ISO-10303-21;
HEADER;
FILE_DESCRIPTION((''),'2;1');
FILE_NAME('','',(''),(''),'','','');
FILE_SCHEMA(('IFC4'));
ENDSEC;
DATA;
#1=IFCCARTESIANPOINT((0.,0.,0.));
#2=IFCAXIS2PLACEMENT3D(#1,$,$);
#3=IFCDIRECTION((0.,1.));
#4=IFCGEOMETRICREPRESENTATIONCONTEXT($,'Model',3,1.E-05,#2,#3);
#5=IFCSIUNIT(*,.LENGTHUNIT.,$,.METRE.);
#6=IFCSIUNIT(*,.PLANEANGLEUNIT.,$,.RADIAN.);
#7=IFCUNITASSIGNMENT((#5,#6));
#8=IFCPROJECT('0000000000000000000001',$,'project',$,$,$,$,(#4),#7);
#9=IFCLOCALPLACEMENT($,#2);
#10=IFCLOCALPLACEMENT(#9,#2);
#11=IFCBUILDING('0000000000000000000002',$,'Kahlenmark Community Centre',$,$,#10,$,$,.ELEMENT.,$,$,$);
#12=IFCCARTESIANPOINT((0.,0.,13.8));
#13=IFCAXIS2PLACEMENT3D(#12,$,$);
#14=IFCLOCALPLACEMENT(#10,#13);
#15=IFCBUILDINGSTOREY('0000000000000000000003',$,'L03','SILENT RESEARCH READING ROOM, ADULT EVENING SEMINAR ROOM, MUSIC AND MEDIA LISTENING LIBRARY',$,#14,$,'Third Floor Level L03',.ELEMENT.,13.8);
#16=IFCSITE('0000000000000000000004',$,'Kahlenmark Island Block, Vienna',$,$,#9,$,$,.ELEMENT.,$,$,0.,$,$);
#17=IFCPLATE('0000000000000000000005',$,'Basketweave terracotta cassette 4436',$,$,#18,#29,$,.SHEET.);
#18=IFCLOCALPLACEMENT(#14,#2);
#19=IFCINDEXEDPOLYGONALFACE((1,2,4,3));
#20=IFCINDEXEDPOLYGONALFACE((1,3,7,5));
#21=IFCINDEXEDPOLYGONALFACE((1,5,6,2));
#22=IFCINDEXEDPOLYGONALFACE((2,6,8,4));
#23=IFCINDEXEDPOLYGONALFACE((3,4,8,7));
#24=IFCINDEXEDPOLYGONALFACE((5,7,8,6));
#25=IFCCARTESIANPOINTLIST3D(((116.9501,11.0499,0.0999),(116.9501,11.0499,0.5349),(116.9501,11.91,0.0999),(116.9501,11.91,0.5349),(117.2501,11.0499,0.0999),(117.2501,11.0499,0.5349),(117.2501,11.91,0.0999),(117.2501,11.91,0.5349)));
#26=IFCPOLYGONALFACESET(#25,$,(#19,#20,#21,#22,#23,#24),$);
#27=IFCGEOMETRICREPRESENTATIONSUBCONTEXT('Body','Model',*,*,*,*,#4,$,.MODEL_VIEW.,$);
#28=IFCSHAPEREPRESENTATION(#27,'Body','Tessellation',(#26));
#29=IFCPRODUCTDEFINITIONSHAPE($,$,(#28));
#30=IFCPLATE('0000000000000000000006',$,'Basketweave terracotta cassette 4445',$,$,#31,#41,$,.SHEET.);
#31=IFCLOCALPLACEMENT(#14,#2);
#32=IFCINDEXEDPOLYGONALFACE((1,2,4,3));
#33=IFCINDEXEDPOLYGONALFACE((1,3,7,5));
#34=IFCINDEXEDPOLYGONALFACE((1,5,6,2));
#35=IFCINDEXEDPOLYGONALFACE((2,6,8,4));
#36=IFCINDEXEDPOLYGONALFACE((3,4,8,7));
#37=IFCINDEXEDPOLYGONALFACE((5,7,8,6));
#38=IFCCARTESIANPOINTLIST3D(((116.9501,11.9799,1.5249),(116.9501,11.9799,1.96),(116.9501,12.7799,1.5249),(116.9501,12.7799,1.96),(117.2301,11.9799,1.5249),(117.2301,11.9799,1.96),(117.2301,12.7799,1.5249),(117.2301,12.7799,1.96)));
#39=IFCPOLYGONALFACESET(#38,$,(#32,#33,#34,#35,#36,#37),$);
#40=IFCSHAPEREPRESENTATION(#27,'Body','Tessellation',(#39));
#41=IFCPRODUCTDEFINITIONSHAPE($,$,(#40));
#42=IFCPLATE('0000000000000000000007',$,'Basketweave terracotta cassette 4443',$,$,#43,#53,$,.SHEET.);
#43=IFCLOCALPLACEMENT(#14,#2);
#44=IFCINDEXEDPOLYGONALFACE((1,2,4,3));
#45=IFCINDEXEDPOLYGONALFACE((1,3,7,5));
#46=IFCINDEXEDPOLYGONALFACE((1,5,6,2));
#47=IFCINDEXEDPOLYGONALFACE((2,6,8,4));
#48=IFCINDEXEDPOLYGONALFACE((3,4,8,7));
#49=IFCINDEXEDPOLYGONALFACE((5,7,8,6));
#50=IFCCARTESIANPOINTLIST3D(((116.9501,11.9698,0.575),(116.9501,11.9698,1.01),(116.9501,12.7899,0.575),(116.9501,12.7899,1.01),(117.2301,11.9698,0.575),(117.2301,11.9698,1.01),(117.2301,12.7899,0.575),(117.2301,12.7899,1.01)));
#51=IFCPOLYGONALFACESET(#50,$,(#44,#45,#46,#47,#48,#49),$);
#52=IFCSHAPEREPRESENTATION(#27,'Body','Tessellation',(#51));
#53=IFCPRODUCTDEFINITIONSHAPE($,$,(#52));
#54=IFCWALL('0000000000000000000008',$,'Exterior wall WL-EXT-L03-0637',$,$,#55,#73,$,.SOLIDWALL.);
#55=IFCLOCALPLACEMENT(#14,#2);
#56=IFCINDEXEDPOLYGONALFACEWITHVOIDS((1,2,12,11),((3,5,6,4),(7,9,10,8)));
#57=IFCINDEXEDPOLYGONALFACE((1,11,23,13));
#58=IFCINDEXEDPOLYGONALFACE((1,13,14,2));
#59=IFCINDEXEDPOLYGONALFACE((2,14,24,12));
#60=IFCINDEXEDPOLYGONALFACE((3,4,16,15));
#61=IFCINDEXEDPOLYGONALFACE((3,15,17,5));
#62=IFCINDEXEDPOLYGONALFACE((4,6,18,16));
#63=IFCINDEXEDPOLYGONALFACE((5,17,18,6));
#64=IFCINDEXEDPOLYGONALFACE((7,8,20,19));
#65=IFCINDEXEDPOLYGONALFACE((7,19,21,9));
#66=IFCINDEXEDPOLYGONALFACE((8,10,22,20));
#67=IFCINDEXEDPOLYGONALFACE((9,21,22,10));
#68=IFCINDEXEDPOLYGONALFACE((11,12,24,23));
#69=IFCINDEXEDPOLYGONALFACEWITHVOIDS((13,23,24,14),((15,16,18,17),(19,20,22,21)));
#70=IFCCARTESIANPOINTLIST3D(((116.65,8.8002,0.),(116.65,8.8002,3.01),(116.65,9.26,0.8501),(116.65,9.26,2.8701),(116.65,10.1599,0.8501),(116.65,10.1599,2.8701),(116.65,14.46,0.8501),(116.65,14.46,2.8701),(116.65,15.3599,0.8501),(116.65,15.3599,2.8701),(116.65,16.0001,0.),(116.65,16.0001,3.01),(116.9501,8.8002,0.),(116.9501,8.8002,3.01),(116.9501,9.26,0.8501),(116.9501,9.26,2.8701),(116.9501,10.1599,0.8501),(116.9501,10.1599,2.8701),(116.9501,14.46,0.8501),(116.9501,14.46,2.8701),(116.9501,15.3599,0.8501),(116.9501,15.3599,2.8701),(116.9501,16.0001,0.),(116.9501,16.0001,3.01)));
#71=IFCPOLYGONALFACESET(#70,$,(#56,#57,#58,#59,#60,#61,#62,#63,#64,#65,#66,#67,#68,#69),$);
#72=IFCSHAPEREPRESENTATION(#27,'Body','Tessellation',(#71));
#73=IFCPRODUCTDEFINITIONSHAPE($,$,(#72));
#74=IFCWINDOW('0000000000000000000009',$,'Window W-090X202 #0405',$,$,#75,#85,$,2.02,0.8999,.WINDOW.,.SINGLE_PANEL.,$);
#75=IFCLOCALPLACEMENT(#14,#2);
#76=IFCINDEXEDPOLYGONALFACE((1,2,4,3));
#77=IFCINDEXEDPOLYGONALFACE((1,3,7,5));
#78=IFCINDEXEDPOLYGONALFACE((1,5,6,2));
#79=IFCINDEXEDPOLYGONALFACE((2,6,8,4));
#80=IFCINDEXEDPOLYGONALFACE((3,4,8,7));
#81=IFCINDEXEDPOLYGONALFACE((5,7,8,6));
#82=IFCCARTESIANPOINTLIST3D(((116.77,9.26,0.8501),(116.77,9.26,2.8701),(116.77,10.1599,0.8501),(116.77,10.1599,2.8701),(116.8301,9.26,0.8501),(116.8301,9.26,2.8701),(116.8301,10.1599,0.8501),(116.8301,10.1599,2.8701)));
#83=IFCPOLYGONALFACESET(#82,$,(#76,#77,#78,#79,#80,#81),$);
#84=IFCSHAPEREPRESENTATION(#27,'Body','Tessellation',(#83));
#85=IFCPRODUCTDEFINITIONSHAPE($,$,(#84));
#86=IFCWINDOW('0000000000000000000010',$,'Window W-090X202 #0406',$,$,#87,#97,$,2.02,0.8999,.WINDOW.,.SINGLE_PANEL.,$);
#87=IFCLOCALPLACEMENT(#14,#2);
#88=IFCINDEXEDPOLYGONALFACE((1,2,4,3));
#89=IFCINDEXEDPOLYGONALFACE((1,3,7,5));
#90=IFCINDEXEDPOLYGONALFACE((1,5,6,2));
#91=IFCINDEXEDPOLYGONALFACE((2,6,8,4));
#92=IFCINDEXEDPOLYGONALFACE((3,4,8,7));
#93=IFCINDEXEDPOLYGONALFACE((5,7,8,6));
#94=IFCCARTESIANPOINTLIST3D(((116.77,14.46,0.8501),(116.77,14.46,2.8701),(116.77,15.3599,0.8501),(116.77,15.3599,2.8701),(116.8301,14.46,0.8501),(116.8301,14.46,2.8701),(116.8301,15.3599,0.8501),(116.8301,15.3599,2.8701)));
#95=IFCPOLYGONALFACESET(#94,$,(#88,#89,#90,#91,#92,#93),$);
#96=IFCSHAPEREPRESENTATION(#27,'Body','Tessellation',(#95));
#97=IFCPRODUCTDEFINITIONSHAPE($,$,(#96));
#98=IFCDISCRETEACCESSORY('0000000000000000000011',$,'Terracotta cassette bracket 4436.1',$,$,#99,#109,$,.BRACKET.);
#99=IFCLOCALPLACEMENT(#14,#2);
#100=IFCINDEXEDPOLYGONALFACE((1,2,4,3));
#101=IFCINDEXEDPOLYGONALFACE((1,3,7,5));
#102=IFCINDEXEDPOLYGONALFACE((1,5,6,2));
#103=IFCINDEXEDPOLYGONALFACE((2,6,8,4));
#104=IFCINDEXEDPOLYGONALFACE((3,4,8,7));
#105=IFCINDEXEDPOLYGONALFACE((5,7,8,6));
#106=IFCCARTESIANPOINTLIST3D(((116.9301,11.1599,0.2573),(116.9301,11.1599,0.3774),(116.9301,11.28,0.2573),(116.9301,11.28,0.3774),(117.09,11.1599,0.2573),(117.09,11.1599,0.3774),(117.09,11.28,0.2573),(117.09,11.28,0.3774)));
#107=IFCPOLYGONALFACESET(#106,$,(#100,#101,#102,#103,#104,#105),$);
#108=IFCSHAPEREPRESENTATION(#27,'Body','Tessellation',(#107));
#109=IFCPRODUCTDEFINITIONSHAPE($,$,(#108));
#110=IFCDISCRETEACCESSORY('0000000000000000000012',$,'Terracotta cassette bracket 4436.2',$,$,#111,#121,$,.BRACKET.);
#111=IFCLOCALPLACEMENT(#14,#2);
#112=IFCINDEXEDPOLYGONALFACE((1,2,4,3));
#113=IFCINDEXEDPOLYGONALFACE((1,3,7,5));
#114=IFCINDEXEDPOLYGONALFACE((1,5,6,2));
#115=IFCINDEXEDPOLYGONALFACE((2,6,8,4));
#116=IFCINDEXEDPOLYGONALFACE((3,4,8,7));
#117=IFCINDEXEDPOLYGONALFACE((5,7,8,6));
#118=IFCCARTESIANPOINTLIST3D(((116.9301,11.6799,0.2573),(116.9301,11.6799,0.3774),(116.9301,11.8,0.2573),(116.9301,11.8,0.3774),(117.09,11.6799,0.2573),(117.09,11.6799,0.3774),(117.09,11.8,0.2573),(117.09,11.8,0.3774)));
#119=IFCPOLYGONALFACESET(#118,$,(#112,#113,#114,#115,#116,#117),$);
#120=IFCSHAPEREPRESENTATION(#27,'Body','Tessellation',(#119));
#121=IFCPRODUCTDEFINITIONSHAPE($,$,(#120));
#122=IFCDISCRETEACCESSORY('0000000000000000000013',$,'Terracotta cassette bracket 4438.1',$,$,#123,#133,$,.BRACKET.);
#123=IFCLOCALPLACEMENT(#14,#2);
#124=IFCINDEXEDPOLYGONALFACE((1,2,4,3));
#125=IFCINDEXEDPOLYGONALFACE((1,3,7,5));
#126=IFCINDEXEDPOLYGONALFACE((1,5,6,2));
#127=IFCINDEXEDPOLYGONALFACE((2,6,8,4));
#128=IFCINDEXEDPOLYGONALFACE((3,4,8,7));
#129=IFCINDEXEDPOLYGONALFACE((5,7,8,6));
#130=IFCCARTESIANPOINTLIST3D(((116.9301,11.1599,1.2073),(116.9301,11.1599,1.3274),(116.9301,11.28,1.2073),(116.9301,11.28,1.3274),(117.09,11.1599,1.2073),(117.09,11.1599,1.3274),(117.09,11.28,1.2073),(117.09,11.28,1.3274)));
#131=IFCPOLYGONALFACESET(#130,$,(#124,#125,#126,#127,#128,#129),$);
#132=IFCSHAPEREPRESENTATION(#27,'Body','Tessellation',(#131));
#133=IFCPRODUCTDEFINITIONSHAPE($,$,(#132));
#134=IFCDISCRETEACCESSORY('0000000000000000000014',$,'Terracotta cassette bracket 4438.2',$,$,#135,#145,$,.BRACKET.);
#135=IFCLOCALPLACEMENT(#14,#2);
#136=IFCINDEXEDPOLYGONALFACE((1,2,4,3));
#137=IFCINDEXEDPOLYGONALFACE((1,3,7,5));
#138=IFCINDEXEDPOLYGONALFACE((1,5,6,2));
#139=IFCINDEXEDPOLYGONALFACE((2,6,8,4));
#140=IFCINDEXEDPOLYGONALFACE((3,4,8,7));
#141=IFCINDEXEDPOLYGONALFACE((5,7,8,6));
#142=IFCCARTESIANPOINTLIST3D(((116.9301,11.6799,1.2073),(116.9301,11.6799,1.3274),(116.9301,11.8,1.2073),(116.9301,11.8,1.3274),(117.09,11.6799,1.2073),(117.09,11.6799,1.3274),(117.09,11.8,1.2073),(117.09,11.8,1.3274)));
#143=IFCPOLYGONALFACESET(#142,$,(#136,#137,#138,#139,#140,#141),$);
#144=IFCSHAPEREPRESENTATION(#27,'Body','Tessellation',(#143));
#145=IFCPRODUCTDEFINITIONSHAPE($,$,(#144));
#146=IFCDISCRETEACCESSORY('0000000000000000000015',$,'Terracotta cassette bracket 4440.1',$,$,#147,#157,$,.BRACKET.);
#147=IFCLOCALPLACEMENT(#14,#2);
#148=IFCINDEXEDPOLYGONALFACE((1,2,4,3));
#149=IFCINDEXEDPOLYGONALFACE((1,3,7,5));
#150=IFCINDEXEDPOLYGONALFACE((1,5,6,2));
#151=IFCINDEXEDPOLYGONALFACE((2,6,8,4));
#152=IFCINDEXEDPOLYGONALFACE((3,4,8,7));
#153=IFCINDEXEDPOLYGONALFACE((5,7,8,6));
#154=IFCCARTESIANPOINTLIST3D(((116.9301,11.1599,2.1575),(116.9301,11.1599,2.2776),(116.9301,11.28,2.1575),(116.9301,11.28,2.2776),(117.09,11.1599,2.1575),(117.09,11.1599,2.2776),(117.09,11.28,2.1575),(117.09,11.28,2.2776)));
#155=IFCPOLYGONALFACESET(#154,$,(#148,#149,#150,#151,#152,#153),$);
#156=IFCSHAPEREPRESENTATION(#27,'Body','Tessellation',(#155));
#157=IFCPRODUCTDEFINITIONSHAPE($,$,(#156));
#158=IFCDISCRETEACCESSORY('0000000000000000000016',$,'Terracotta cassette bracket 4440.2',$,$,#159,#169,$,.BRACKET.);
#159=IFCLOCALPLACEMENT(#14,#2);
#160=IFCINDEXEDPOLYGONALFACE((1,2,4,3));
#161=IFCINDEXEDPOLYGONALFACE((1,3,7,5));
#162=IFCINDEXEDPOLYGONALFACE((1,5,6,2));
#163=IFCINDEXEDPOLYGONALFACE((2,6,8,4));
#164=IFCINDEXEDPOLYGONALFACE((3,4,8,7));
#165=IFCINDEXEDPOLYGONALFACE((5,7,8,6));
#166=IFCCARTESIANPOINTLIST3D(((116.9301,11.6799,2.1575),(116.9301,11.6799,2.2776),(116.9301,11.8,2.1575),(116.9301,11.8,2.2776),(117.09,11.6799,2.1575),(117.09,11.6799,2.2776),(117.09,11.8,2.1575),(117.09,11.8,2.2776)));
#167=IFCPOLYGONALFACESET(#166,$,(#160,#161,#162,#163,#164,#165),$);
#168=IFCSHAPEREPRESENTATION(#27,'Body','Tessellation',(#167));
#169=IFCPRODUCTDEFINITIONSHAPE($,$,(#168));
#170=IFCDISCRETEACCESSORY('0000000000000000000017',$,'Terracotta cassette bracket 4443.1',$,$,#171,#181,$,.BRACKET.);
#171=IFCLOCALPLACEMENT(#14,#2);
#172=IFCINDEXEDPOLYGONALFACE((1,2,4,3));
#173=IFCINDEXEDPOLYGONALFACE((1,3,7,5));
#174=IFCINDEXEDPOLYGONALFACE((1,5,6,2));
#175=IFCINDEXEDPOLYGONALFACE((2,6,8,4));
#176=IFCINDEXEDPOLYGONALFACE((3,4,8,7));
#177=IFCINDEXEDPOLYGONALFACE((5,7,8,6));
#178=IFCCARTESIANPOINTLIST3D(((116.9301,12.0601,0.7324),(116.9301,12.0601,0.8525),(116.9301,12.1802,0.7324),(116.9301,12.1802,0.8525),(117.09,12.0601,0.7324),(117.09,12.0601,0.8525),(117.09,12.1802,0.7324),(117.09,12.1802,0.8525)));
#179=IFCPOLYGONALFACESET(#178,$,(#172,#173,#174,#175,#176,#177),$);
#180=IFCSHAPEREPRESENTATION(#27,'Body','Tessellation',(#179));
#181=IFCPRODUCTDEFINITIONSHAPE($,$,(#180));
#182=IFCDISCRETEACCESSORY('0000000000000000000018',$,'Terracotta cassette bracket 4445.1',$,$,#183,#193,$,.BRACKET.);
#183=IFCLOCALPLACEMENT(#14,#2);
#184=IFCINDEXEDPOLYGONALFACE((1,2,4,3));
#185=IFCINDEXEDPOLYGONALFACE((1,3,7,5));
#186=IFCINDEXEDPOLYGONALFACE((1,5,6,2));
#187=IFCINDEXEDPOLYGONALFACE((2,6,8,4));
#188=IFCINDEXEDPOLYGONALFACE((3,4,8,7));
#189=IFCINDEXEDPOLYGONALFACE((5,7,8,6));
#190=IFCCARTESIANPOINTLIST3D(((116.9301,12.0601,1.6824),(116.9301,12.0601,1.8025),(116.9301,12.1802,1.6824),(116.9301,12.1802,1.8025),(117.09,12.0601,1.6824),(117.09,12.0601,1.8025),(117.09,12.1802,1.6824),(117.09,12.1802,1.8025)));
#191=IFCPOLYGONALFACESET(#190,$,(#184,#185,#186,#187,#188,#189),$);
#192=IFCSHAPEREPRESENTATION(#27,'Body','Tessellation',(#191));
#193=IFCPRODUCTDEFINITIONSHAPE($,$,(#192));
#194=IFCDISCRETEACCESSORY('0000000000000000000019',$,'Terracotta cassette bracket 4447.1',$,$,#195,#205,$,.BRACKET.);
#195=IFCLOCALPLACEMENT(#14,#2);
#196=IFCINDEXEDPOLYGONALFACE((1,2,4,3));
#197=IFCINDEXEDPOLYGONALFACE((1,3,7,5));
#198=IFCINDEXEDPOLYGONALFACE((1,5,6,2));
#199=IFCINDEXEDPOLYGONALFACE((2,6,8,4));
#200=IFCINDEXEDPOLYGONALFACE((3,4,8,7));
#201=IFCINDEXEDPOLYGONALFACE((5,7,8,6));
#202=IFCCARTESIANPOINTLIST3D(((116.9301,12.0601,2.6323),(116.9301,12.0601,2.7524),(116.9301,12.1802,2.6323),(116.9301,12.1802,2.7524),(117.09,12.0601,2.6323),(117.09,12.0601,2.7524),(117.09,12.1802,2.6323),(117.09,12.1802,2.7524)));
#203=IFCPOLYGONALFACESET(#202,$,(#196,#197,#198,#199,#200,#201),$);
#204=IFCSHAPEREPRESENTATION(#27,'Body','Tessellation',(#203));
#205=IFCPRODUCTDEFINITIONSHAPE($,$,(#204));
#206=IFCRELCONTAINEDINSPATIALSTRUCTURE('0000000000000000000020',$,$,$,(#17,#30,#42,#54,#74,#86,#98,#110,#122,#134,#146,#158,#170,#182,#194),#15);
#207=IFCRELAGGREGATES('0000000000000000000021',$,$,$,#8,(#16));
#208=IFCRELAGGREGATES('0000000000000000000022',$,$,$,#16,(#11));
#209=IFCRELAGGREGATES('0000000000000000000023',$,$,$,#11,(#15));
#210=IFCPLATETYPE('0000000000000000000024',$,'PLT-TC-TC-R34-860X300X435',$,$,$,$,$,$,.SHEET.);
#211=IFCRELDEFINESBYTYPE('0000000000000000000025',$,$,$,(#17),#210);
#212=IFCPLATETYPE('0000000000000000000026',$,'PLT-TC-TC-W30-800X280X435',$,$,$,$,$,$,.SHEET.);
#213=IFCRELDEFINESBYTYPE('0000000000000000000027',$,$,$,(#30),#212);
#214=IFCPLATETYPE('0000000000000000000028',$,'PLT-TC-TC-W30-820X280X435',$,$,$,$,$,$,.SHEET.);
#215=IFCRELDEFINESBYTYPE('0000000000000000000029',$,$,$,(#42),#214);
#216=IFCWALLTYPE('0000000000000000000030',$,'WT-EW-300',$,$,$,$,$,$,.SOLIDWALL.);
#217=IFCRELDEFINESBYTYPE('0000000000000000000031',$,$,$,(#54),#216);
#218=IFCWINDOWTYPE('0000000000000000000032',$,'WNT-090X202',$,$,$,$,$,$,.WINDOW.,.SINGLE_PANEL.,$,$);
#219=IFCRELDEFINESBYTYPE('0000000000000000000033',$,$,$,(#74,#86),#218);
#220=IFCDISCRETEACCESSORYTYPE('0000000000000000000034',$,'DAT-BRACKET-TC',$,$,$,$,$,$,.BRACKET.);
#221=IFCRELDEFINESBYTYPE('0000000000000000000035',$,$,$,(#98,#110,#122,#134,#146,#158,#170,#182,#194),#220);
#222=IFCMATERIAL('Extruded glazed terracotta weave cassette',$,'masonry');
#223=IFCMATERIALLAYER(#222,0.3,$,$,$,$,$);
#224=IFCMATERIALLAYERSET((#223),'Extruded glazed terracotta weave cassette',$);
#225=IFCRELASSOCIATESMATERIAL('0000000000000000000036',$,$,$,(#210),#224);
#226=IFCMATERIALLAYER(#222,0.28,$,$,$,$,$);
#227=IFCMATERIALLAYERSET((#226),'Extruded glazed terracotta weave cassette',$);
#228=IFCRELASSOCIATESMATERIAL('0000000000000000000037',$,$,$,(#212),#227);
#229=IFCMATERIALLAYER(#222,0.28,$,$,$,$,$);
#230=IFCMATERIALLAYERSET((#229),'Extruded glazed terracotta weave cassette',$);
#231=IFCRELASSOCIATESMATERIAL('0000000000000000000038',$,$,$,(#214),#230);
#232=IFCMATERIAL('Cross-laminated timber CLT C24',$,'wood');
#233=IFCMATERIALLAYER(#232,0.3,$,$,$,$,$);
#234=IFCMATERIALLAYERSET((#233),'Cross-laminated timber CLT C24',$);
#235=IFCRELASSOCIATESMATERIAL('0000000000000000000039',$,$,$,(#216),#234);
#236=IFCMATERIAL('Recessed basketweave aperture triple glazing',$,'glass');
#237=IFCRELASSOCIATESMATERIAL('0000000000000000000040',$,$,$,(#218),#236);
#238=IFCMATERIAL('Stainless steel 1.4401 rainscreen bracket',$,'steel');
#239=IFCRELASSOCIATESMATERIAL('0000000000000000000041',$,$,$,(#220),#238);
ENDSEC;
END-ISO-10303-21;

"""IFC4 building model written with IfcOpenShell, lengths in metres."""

from ifc_helpers import new_model, si_unit, direction, frame, frame_2d, origin, origin_2d, place, context, subcontext, project, spatial, rectangle, extrude, material, layer, layer_set, type_object, element, fill, save


model = new_model("IFC4")

# Units and contexts
model_context = context("Model", 3, precision=1e-05, world=origin(), true_north=direction((0.0, 1.0)))
body_context = subcontext(model_context, "Body", "Model", "MODEL_VIEW")
ifc_project = project(units=[si_unit("LENGTHUNIT", "METRE"), si_unit("PLANEANGLEUNIT", "RADIAN")], contexts=[model_context])

# Site, building, storey
site_placement = place(None, origin())
site = spatial("IfcSite", under=ifc_project, at=site_placement, Name="Kahlenmark Island Block, Vienna", CompositionType="ELEMENT", RefElevation=0.0)
building_placement = place(site_placement, origin())
building = spatial("IfcBuilding", under=site, at=building_placement, Name="Kahlenmark Community Centre", CompositionType="ELEMENT")
storey_placement = place(building_placement, frame((0.0, 0.0, 13.8)))
storey = spatial("IfcBuildingStorey", under=building, at=storey_placement, Name="L03", Description="SILENT RESEARCH READING ROOM, ADULT EVENING SEMINAR ROOM, MUSIC AND MEDIA LISTENING LIBRARY", LongName="Third Floor Level L03", CompositionType="ELEMENT", Elevation=13.8)

# Plates
ifc_material_1 = material(Name="Extruded glazed terracotta weave cassette", Category="masonry")
ifc_layer_1 = layer(ifc_material_1, 0.3)
ifc_layer_set_1 = layer_set([ifc_layer_1], Name="Extruded glazed terracotta weave cassette")
plate_type_1 = type_object("IfcPlateType", Name="PLT-TC-TC-R34-860X300X435", PredefinedType="SHEET", material=ifc_layer_set_1)
plate_1_placement = place(storey_placement, frame((117.1001, 11.48, 0.0999), z_axis=(0.0, 0.0, 1.0), x_axis=(0.0, 1.0, 0.0)))
element("IfcPlate", 1, at=plate_1_placement, inside=storey, type_object=plate_type_1, Name="Basketweave terracotta cassette 4436", PredefinedType="SHEET", context=body_context, shape_type="SweptSolid", body=[
    extrude(rectangle(XDim=0.8601, YDim=0.3, at=origin_2d()), origin(), (0.0, 0.0, 1.0), 0.4351),
])
ifc_layer_2 = layer(ifc_material_1, 0.28)
ifc_layer_set_2 = layer_set([ifc_layer_2], Name="Extruded glazed terracotta weave cassette")
plate_type_2 = type_object("IfcPlateType", Name="PLT-TC-TC-W30-800X280X435", PredefinedType="SHEET", material=ifc_layer_set_2)
plate_2_placement = place(storey_placement, frame((117.0901, 12.3799, 1.5249), z_axis=(0.0, 0.0, 1.0), x_axis=(0.0, 1.0, 0.0)))
element("IfcPlate", 2, at=plate_2_placement, inside=storey, type_object=plate_type_2, Name="Basketweave terracotta cassette 4445", PredefinedType="SHEET", context=body_context, shape_type="SweptSolid", body=[
    extrude(rectangle(XDim=0.8, YDim=0.28, at=origin_2d()), origin(), (0.0, 0.0, 1.0), 0.4351),
])
ifc_layer_3 = layer(ifc_material_1, 0.28)
ifc_layer_set_3 = layer_set([ifc_layer_3], Name="Extruded glazed terracotta weave cassette")
plate_type_3 = type_object("IfcPlateType", Name="PLT-TC-TC-W30-820X280X435", PredefinedType="SHEET", material=ifc_layer_set_3)
plate_3_placement = place(storey_placement, frame((117.0901, 12.3799, 0.575), z_axis=(0.0, 0.0, 1.0), x_axis=(0.0, 1.0, 0.0)))
element("IfcPlate", 3, at=plate_3_placement, inside=storey, type_object=plate_type_3, Name="Basketweave terracotta cassette 4443", PredefinedType="SHEET", context=body_context, shape_type="SweptSolid", body=[
    extrude(rectangle(XDim=0.8201, YDim=0.28, at=origin_2d()), origin(), (0.0, 0.0, 1.0), 0.4351),
])

# Wall, openings, windows
ifc_material_2 = material(Name="Cross-laminated timber CLT C24", Category="wood")
ifc_layer_4 = layer(ifc_material_2, 0.3)
ifc_layer_set_4 = layer_set([ifc_layer_4], Name="Cross-laminated timber CLT C24")
wall_type = type_object("IfcWallType", Name="WT-EW-300", PredefinedType="SOLIDWALL", material=ifc_layer_set_4)
wall_placement = place(storey_placement, frame((116.8, 8.8, 0.0), z_axis=(0.0, 0.0, 1.0), x_axis=(0.0, 1.0, 0.0)))
wall = element("IfcWall", 4, at=wall_placement, inside=storey, type_object=wall_type, Name="Exterior wall WL-EXT-L03-0637", PredefinedType="SOLIDWALL", context=body_context, shape_type="SweptSolid", body=[
    extrude(rectangle(XDim=7.2, YDim=0.3, at=frame_2d((3.6001, 0.0))), origin(), (0.0, 0.0, 1.0), 3.01),
])
opening_1_placement = place(wall_placement, frame((0.46, 0.0, 0.8501)))
opening_1 = element("IfcOpeningElement", 5, at=opening_1_placement, cuts=wall, PredefinedType="OPENING", context=body_context, shape_type="SweptSolid", body=[
    extrude(rectangle(XDim=0.8999, YDim=2.02, at=frame_2d((0.45, 1.01))), frame((0.0, 0.1599, 0.0), z_axis=(0.0, -1.0, 0.0), x_axis=(1.0, 0.0, 0.0)), (0.0, 0.0, 1.0), 0.3201),
])
opening_2_placement = place(wall_placement, frame((5.6599, 0.0, 0.8501)))
opening_2 = element("IfcOpeningElement", 6, at=opening_2_placement, cuts=wall, PredefinedType="OPENING", context=body_context, shape_type="SweptSolid", body=[
    extrude(rectangle(XDim=0.8999, YDim=2.02, at=frame_2d((0.45, 1.01))), frame((0.0, 0.1599, 0.0), z_axis=(0.0, -1.0, 0.0), x_axis=(1.0, 0.0, 0.0)), (0.0, 0.0, 1.0), 0.3201),
])
ifc_material_3 = material(Name="Recessed basketweave aperture triple glazing", Category="glass")
window_type = type_object("IfcWindowType", Name="WNT-090X202", PartitioningType="SINGLE_PANEL", PredefinedType="WINDOW", material=ifc_material_3)
window_1_placement = place(opening_1_placement, origin())
window_1 = element("IfcWindow", 7, at=window_1_placement, inside=storey, type_object=window_type, Name="Window W-090X202 #0405", OverallHeight=2.02, OverallWidth=0.8999, PartitioningType="SINGLE_PANEL", PredefinedType="WINDOW", context=body_context, shape_type="SweptSolid", body=[
    extrude(rectangle(XDim=0.8999, YDim=2.02, at=frame_2d((0.45, 1.01))), frame((0.0, 0.03, 0.0), z_axis=(0.0, -1.0, 0.0), x_axis=(1.0, 0.0, 0.0)), (0.0, 0.0, 1.0), 0.0601),
])
fill(opening_1, window_1)
window_2_placement = place(opening_2_placement, origin())
window_2 = element("IfcWindow", 8, at=window_2_placement, inside=storey, type_object=window_type, Name="Window W-090X202 #0406", OverallHeight=2.02, OverallWidth=0.8999, PartitioningType="SINGLE_PANEL", PredefinedType="WINDOW", context=body_context, shape_type="SweptSolid", body=[
    extrude(rectangle(XDim=0.8999, YDim=2.02, at=frame_2d((0.45, 1.01))), frame((0.0, 0.03, 0.0), z_axis=(0.0, -1.0, 0.0), x_axis=(1.0, 0.0, 0.0)), (0.0, 0.0, 1.0), 0.0601),
])
fill(opening_2, window_2)

# Discrete accessories
ifc_material_4 = material(Name="Stainless steel 1.4401 rainscreen bracket", Category="steel")
discrete_accessory_type = type_object("IfcDiscreteAccessoryType", Name="DAT-BRACKET-TC", PredefinedType="BRACKET", material=ifc_material_4)
for number, where, z_axis, x_axis, name in (
    (9, (117.01, 11.22, 0.2573), (0.0, 0.0, 1.0), (0.0, 1.0, 0.0), "Terracotta cassette bracket 4436.1"),
    (10, (117.01, 11.74, 0.2573), (0.0, 0.0, 1.0), (0.0, 1.0, 0.0), "Terracotta cassette bracket 4436.2"),
    (11, (117.01, 11.22, 1.2073), (0.0, 0.0, 1.0), (0.0, 1.0, 0.0), "Terracotta cassette bracket 4438.1"),
    (12, (117.01, 11.74, 1.2073), (0.0, 0.0, 1.0), (0.0, 1.0, 0.0), "Terracotta cassette bracket 4438.2"),
    (13, (117.01, 11.22, 2.1575), (0.0, 0.0, 1.0), (0.0, 1.0, 0.0), "Terracotta cassette bracket 4440.1"),
    (14, (117.01, 11.74, 2.1575), (0.0, 0.0, 1.0), (0.0, 1.0, 0.0), "Terracotta cassette bracket 4440.2"),
    (15, (117.01, 12.1201, 0.7324), (0.0, 0.0, 1.0), (0.0, 1.0, 0.0), "Terracotta cassette bracket 4443.1"),
    (16, (117.01, 12.1201, 1.6824), (0.0, 0.0, 1.0), (0.0, 1.0, 0.0), "Terracotta cassette bracket 4445.1"),
    (17, (117.01, 12.1201, 2.6323), (0.0, 0.0, 1.0), (0.0, 1.0, 0.0), "Terracotta cassette bracket 4447.1"),
):
    element("IfcDiscreteAccessory", number, at=place(storey_placement, frame(where, z_axis=z_axis, x_axis=x_axis)), inside=storey, type_object=discrete_accessory_type, Name=name, PredefinedType="BRACKET", context=body_context, shape_type="SweptSolid", body=[
        extrude(rectangle(XDim=0.1201, YDim=0.1599, at=origin_2d()), origin(), (0.0, 0.0, 1.0), 0.1201),
    ])

save(model, "model.ifc")
